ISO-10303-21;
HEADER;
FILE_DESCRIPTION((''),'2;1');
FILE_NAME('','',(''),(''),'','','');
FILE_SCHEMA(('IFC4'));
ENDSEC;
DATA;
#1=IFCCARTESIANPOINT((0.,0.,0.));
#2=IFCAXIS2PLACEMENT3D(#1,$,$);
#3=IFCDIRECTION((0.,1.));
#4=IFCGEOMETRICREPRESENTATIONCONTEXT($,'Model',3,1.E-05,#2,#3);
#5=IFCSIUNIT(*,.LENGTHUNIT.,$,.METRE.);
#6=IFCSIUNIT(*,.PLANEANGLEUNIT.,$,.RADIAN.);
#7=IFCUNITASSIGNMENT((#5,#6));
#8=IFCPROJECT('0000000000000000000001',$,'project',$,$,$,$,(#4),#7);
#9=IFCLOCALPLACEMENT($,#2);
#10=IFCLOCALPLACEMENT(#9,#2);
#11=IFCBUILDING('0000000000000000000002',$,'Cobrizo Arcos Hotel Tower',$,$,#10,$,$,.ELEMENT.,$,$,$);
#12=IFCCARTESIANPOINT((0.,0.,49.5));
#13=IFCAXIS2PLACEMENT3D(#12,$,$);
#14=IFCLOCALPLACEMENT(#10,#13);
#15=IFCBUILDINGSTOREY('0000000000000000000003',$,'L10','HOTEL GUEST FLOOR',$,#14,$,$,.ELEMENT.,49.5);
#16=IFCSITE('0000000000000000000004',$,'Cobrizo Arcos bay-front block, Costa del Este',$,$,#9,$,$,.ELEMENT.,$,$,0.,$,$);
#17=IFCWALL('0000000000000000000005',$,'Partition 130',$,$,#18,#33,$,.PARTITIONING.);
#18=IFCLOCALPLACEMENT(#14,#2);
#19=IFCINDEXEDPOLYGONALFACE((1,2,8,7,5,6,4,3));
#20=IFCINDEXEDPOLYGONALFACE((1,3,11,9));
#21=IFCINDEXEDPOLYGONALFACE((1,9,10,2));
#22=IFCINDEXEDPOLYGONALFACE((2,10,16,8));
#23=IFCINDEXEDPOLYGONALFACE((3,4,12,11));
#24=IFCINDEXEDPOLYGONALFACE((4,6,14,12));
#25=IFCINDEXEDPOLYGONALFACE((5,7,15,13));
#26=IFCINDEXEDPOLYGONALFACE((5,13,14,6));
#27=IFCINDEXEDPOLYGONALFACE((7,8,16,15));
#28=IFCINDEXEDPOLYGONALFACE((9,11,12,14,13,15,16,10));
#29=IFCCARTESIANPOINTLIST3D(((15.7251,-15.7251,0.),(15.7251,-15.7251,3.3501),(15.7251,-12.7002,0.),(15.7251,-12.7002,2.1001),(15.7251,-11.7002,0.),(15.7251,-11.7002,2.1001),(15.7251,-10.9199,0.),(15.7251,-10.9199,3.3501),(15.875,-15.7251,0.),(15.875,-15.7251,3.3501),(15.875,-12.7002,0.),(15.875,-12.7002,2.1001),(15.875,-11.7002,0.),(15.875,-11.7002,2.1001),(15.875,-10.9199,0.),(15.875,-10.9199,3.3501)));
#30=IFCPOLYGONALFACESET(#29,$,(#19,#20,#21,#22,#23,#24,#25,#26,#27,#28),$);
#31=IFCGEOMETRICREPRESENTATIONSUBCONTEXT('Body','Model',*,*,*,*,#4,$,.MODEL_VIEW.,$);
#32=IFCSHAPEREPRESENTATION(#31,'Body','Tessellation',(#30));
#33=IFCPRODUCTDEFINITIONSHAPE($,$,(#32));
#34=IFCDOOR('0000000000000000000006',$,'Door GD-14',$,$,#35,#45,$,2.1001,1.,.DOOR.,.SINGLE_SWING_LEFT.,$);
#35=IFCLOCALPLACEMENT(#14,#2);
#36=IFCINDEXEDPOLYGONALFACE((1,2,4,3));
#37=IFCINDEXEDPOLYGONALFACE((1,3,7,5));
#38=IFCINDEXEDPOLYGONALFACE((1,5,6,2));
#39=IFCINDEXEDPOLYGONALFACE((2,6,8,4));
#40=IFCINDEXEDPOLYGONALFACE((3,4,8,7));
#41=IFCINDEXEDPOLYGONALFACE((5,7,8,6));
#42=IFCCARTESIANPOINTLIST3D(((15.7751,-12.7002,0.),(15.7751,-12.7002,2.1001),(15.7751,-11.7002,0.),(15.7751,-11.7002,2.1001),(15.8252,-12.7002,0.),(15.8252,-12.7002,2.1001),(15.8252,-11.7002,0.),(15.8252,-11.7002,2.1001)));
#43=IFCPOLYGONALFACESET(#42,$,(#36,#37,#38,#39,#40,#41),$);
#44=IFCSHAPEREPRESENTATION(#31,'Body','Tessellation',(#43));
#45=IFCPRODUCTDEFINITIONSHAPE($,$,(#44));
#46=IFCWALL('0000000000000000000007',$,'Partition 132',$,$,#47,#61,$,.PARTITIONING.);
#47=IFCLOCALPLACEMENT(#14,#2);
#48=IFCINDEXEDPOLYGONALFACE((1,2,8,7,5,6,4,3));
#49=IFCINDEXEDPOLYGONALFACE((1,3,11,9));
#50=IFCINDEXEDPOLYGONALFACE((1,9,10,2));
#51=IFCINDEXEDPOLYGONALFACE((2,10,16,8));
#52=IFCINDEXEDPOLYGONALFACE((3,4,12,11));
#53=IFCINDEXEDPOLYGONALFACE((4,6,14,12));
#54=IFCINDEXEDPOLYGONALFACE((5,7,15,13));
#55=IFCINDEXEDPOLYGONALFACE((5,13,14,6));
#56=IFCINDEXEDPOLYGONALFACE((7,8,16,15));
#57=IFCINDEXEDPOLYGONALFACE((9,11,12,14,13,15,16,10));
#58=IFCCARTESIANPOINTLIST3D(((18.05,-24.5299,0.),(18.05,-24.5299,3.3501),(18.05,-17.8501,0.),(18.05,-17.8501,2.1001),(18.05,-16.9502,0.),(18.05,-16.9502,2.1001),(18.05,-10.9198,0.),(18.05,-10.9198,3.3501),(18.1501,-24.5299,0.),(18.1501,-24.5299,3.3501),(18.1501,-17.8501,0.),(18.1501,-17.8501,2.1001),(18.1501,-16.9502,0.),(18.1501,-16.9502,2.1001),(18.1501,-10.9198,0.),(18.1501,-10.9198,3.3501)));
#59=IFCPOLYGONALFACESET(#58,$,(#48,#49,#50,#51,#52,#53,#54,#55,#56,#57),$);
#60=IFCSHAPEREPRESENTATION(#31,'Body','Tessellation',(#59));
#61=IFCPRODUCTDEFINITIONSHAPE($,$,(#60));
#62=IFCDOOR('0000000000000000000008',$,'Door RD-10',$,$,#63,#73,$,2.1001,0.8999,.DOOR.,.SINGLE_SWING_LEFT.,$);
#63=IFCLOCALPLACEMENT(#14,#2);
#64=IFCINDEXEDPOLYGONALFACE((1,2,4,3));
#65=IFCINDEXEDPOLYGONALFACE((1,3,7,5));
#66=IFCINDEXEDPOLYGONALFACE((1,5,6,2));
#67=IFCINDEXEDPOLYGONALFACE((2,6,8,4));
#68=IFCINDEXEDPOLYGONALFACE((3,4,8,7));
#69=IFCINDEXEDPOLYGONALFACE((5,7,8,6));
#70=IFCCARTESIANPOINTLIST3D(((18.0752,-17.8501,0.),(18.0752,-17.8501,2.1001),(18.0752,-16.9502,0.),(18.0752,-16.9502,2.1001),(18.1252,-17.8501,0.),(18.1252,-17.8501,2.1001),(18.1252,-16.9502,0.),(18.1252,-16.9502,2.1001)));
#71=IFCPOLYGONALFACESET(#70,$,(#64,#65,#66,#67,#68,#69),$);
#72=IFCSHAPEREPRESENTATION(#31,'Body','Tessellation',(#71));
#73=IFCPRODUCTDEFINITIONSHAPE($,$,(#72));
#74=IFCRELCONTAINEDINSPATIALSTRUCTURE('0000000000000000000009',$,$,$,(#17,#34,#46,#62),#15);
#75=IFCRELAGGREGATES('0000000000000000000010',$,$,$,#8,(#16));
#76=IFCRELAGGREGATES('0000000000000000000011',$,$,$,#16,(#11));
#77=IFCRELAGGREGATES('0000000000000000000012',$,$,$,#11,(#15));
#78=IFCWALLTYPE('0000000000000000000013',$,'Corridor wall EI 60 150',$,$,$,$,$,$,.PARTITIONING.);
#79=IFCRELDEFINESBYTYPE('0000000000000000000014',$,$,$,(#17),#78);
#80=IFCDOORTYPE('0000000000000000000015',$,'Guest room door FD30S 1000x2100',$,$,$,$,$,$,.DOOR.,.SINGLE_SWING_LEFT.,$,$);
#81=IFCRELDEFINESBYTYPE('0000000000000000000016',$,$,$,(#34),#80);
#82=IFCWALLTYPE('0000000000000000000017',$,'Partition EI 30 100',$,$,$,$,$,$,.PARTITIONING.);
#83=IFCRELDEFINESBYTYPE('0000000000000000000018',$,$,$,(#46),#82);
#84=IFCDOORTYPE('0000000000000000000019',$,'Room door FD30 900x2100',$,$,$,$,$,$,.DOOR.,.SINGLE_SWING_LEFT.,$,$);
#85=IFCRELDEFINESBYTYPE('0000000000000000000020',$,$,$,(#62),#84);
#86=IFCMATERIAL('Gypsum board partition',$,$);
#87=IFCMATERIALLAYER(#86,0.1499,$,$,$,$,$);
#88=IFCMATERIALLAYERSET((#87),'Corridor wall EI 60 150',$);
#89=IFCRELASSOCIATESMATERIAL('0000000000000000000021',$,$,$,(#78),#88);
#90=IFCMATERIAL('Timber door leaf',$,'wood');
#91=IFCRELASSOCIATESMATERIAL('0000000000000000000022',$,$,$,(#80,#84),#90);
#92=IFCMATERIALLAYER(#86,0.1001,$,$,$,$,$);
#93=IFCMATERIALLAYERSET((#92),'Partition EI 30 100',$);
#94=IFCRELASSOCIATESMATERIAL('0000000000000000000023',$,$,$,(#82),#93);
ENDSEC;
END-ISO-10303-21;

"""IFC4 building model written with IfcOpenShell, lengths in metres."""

from ifc_helpers import new_model, si_unit, direction, frame, frame_2d, origin, place, context, subcontext, project, spatial, rectangle, extrude, material, layer, layer_set, type_object, element, fill, save


model = new_model("IFC4")

# Units and contexts
model_context = context("Model", 3, precision=1e-05, world=origin(), true_north=direction((0.0, 1.0)))
body_context = subcontext(model_context, "Body", "Model", "MODEL_VIEW")
ifc_project = project(units=[si_unit("LENGTHUNIT", "METRE"), si_unit("PLANEANGLEUNIT", "RADIAN")], contexts=[model_context])

# Site, building, storey
site_placement = place(None, origin())
site = spatial("IfcSite", under=ifc_project, at=site_placement, Name="Cobrizo Arcos bay-front block, Costa del Este", CompositionType="ELEMENT", RefElevation=0.0)
building_placement = place(site_placement, origin())
building = spatial("IfcBuilding", under=site, at=building_placement, Name="Cobrizo Arcos Hotel Tower", CompositionType="ELEMENT")
storey_placement = place(building_placement, frame((0.0, 0.0, 49.5)))
storey = spatial("IfcBuildingStorey", under=building, at=storey_placement, Name="L10", Description="HOTEL GUEST FLOOR", CompositionType="ELEMENT", Elevation=49.5)

# Walls, openings, doors
ifc_material_1 = material(Name="Gypsum board partition")
ifc_layer_1 = layer(ifc_material_1, 0.1499)
ifc_layer_set_1 = layer_set([ifc_layer_1], Name="Corridor wall EI 60 150")
wall_type_1 = type_object("IfcWallType", Name="Corridor wall EI 60 150", PredefinedType="PARTITIONING", material=ifc_layer_set_1)
wall_1_placement = place(storey_placement, frame((15.8, -15.7251, 0.0), z_axis=(0.0, 0.0, 1.0), x_axis=(0.0, 1.0, 0.0)))
wall_1 = element("IfcWall", 1, at=wall_1_placement, inside=storey, type_object=wall_type_1, Name="Partition 130", PredefinedType="PARTITIONING", context=body_context, shape_type="SweptSolid", body=[
    extrude(rectangle(XDim=4.8052, YDim=0.1499, at=frame_2d((2.4026, 0.0))), origin(), (0.0, 0.0, 1.0), 3.3501),
])
opening_1_placement = place(wall_1_placement, frame((3.0249, 0.0, 0.0)))
opening_1 = element("IfcOpeningElement", 2, at=opening_1_placement, cuts=wall_1, PredefinedType="OPENING", context=body_context, shape_type="SweptSolid", body=[
    extrude(rectangle(XDim=1.0, YDim=2.1001, at=frame_2d((0.5, 1.05))), frame((0.0, 0.0869, 0.0), z_axis=(0.0, -1.0, 0.0), x_axis=(1.0, 0.0, 0.0)), (0.0, 0.0, 1.0), 0.1738),
])
ifc_material_2 = material(Name="Timber door leaf", Category="wood")
door_type_1 = type_object("IfcDoorType", Name="Guest room door FD30S 1000x2100", OperationType="SINGLE_SWING_LEFT", PredefinedType="DOOR", material=ifc_material_2)
door_1_placement = place(opening_1_placement, origin())
door_1 = element("IfcDoor", 3, at=door_1_placement, inside=storey, type_object=door_type_1, Name="Door GD-14", OperationType="SINGLE_SWING_LEFT", OverallHeight=2.1001, OverallWidth=1.0, PredefinedType="DOOR", context=body_context, shape_type="SweptSolid", body=[
    extrude(rectangle(XDim=1.0, YDim=2.1001, at=frame_2d((0.5, 1.05))), frame((0.0, 0.0249, 0.0), z_axis=(0.0, -1.0, 0.0), x_axis=(1.0, 0.0, 0.0)), (0.0, 0.0, 1.0), 0.05),
])
fill(opening_1, door_1)
ifc_layer_2 = layer(ifc_material_1, 0.1001)
ifc_layer_set_2 = layer_set([ifc_layer_2], Name="Partition EI 30 100")
wall_type_2 = type_object("IfcWallType", Name="Partition EI 30 100", PredefinedType="PARTITIONING", material=ifc_layer_set_2)
wall_2_placement = place(storey_placement, frame((18.1001, -24.53, 0.0), z_axis=(0.0, 0.0, 1.0), x_axis=(0.0, 1.0, 0.0)))
wall_2 = element("IfcWall", 4, at=wall_2_placement, inside=storey, type_object=wall_type_2, Name="Partition 132", PredefinedType="PARTITIONING", context=body_context, shape_type="SweptSolid", body=[
    extrude(rectangle(XDim=13.6101, YDim=0.1001, at=frame_2d((6.8052, 0.0))), origin(), (0.0, 0.0, 1.0), 3.3501),
])
opening_2_placement = place(wall_2_placement, frame((6.6799, 0.0, 0.0)))
opening_2 = element("IfcOpeningElement", 5, at=opening_2_placement, cuts=wall_2, PredefinedType="OPENING", context=body_context, shape_type="SweptSolid", body=[
    extrude(rectangle(XDim=0.8999, YDim=2.1001, at=frame_2d((0.45, 1.05))), frame((0.0, 0.062, 0.0), z_axis=(0.0, -1.0, 0.0), x_axis=(1.0, 0.0, 0.0)), (0.0, 0.0, 1.0), 0.124),
])
door_type_2 = type_object("IfcDoorType", Name="Room door FD30 900x2100", OperationType="SINGLE_SWING_LEFT", PredefinedType="DOOR", material=ifc_material_2)
door_2_placement = place(opening_2_placement, origin())
door_2 = element("IfcDoor", 6, at=door_2_placement, inside=storey, type_object=door_type_2, Name="Door RD-10", OperationType="SINGLE_SWING_LEFT", OverallHeight=2.1001, OverallWidth=0.8999, PredefinedType="DOOR", context=body_context, shape_type="SweptSolid", body=[
    extrude(rectangle(XDim=0.8999, YDim=2.1001, at=frame_2d((0.45, 1.05))), frame((0.0, 0.0249, 0.0), z_axis=(0.0, -1.0, 0.0), x_axis=(1.0, 0.0, 0.0)), (0.0, 0.0, 1.0), 0.05),
])
fill(opening_2, door_2)

save(model, "model.ifc")
